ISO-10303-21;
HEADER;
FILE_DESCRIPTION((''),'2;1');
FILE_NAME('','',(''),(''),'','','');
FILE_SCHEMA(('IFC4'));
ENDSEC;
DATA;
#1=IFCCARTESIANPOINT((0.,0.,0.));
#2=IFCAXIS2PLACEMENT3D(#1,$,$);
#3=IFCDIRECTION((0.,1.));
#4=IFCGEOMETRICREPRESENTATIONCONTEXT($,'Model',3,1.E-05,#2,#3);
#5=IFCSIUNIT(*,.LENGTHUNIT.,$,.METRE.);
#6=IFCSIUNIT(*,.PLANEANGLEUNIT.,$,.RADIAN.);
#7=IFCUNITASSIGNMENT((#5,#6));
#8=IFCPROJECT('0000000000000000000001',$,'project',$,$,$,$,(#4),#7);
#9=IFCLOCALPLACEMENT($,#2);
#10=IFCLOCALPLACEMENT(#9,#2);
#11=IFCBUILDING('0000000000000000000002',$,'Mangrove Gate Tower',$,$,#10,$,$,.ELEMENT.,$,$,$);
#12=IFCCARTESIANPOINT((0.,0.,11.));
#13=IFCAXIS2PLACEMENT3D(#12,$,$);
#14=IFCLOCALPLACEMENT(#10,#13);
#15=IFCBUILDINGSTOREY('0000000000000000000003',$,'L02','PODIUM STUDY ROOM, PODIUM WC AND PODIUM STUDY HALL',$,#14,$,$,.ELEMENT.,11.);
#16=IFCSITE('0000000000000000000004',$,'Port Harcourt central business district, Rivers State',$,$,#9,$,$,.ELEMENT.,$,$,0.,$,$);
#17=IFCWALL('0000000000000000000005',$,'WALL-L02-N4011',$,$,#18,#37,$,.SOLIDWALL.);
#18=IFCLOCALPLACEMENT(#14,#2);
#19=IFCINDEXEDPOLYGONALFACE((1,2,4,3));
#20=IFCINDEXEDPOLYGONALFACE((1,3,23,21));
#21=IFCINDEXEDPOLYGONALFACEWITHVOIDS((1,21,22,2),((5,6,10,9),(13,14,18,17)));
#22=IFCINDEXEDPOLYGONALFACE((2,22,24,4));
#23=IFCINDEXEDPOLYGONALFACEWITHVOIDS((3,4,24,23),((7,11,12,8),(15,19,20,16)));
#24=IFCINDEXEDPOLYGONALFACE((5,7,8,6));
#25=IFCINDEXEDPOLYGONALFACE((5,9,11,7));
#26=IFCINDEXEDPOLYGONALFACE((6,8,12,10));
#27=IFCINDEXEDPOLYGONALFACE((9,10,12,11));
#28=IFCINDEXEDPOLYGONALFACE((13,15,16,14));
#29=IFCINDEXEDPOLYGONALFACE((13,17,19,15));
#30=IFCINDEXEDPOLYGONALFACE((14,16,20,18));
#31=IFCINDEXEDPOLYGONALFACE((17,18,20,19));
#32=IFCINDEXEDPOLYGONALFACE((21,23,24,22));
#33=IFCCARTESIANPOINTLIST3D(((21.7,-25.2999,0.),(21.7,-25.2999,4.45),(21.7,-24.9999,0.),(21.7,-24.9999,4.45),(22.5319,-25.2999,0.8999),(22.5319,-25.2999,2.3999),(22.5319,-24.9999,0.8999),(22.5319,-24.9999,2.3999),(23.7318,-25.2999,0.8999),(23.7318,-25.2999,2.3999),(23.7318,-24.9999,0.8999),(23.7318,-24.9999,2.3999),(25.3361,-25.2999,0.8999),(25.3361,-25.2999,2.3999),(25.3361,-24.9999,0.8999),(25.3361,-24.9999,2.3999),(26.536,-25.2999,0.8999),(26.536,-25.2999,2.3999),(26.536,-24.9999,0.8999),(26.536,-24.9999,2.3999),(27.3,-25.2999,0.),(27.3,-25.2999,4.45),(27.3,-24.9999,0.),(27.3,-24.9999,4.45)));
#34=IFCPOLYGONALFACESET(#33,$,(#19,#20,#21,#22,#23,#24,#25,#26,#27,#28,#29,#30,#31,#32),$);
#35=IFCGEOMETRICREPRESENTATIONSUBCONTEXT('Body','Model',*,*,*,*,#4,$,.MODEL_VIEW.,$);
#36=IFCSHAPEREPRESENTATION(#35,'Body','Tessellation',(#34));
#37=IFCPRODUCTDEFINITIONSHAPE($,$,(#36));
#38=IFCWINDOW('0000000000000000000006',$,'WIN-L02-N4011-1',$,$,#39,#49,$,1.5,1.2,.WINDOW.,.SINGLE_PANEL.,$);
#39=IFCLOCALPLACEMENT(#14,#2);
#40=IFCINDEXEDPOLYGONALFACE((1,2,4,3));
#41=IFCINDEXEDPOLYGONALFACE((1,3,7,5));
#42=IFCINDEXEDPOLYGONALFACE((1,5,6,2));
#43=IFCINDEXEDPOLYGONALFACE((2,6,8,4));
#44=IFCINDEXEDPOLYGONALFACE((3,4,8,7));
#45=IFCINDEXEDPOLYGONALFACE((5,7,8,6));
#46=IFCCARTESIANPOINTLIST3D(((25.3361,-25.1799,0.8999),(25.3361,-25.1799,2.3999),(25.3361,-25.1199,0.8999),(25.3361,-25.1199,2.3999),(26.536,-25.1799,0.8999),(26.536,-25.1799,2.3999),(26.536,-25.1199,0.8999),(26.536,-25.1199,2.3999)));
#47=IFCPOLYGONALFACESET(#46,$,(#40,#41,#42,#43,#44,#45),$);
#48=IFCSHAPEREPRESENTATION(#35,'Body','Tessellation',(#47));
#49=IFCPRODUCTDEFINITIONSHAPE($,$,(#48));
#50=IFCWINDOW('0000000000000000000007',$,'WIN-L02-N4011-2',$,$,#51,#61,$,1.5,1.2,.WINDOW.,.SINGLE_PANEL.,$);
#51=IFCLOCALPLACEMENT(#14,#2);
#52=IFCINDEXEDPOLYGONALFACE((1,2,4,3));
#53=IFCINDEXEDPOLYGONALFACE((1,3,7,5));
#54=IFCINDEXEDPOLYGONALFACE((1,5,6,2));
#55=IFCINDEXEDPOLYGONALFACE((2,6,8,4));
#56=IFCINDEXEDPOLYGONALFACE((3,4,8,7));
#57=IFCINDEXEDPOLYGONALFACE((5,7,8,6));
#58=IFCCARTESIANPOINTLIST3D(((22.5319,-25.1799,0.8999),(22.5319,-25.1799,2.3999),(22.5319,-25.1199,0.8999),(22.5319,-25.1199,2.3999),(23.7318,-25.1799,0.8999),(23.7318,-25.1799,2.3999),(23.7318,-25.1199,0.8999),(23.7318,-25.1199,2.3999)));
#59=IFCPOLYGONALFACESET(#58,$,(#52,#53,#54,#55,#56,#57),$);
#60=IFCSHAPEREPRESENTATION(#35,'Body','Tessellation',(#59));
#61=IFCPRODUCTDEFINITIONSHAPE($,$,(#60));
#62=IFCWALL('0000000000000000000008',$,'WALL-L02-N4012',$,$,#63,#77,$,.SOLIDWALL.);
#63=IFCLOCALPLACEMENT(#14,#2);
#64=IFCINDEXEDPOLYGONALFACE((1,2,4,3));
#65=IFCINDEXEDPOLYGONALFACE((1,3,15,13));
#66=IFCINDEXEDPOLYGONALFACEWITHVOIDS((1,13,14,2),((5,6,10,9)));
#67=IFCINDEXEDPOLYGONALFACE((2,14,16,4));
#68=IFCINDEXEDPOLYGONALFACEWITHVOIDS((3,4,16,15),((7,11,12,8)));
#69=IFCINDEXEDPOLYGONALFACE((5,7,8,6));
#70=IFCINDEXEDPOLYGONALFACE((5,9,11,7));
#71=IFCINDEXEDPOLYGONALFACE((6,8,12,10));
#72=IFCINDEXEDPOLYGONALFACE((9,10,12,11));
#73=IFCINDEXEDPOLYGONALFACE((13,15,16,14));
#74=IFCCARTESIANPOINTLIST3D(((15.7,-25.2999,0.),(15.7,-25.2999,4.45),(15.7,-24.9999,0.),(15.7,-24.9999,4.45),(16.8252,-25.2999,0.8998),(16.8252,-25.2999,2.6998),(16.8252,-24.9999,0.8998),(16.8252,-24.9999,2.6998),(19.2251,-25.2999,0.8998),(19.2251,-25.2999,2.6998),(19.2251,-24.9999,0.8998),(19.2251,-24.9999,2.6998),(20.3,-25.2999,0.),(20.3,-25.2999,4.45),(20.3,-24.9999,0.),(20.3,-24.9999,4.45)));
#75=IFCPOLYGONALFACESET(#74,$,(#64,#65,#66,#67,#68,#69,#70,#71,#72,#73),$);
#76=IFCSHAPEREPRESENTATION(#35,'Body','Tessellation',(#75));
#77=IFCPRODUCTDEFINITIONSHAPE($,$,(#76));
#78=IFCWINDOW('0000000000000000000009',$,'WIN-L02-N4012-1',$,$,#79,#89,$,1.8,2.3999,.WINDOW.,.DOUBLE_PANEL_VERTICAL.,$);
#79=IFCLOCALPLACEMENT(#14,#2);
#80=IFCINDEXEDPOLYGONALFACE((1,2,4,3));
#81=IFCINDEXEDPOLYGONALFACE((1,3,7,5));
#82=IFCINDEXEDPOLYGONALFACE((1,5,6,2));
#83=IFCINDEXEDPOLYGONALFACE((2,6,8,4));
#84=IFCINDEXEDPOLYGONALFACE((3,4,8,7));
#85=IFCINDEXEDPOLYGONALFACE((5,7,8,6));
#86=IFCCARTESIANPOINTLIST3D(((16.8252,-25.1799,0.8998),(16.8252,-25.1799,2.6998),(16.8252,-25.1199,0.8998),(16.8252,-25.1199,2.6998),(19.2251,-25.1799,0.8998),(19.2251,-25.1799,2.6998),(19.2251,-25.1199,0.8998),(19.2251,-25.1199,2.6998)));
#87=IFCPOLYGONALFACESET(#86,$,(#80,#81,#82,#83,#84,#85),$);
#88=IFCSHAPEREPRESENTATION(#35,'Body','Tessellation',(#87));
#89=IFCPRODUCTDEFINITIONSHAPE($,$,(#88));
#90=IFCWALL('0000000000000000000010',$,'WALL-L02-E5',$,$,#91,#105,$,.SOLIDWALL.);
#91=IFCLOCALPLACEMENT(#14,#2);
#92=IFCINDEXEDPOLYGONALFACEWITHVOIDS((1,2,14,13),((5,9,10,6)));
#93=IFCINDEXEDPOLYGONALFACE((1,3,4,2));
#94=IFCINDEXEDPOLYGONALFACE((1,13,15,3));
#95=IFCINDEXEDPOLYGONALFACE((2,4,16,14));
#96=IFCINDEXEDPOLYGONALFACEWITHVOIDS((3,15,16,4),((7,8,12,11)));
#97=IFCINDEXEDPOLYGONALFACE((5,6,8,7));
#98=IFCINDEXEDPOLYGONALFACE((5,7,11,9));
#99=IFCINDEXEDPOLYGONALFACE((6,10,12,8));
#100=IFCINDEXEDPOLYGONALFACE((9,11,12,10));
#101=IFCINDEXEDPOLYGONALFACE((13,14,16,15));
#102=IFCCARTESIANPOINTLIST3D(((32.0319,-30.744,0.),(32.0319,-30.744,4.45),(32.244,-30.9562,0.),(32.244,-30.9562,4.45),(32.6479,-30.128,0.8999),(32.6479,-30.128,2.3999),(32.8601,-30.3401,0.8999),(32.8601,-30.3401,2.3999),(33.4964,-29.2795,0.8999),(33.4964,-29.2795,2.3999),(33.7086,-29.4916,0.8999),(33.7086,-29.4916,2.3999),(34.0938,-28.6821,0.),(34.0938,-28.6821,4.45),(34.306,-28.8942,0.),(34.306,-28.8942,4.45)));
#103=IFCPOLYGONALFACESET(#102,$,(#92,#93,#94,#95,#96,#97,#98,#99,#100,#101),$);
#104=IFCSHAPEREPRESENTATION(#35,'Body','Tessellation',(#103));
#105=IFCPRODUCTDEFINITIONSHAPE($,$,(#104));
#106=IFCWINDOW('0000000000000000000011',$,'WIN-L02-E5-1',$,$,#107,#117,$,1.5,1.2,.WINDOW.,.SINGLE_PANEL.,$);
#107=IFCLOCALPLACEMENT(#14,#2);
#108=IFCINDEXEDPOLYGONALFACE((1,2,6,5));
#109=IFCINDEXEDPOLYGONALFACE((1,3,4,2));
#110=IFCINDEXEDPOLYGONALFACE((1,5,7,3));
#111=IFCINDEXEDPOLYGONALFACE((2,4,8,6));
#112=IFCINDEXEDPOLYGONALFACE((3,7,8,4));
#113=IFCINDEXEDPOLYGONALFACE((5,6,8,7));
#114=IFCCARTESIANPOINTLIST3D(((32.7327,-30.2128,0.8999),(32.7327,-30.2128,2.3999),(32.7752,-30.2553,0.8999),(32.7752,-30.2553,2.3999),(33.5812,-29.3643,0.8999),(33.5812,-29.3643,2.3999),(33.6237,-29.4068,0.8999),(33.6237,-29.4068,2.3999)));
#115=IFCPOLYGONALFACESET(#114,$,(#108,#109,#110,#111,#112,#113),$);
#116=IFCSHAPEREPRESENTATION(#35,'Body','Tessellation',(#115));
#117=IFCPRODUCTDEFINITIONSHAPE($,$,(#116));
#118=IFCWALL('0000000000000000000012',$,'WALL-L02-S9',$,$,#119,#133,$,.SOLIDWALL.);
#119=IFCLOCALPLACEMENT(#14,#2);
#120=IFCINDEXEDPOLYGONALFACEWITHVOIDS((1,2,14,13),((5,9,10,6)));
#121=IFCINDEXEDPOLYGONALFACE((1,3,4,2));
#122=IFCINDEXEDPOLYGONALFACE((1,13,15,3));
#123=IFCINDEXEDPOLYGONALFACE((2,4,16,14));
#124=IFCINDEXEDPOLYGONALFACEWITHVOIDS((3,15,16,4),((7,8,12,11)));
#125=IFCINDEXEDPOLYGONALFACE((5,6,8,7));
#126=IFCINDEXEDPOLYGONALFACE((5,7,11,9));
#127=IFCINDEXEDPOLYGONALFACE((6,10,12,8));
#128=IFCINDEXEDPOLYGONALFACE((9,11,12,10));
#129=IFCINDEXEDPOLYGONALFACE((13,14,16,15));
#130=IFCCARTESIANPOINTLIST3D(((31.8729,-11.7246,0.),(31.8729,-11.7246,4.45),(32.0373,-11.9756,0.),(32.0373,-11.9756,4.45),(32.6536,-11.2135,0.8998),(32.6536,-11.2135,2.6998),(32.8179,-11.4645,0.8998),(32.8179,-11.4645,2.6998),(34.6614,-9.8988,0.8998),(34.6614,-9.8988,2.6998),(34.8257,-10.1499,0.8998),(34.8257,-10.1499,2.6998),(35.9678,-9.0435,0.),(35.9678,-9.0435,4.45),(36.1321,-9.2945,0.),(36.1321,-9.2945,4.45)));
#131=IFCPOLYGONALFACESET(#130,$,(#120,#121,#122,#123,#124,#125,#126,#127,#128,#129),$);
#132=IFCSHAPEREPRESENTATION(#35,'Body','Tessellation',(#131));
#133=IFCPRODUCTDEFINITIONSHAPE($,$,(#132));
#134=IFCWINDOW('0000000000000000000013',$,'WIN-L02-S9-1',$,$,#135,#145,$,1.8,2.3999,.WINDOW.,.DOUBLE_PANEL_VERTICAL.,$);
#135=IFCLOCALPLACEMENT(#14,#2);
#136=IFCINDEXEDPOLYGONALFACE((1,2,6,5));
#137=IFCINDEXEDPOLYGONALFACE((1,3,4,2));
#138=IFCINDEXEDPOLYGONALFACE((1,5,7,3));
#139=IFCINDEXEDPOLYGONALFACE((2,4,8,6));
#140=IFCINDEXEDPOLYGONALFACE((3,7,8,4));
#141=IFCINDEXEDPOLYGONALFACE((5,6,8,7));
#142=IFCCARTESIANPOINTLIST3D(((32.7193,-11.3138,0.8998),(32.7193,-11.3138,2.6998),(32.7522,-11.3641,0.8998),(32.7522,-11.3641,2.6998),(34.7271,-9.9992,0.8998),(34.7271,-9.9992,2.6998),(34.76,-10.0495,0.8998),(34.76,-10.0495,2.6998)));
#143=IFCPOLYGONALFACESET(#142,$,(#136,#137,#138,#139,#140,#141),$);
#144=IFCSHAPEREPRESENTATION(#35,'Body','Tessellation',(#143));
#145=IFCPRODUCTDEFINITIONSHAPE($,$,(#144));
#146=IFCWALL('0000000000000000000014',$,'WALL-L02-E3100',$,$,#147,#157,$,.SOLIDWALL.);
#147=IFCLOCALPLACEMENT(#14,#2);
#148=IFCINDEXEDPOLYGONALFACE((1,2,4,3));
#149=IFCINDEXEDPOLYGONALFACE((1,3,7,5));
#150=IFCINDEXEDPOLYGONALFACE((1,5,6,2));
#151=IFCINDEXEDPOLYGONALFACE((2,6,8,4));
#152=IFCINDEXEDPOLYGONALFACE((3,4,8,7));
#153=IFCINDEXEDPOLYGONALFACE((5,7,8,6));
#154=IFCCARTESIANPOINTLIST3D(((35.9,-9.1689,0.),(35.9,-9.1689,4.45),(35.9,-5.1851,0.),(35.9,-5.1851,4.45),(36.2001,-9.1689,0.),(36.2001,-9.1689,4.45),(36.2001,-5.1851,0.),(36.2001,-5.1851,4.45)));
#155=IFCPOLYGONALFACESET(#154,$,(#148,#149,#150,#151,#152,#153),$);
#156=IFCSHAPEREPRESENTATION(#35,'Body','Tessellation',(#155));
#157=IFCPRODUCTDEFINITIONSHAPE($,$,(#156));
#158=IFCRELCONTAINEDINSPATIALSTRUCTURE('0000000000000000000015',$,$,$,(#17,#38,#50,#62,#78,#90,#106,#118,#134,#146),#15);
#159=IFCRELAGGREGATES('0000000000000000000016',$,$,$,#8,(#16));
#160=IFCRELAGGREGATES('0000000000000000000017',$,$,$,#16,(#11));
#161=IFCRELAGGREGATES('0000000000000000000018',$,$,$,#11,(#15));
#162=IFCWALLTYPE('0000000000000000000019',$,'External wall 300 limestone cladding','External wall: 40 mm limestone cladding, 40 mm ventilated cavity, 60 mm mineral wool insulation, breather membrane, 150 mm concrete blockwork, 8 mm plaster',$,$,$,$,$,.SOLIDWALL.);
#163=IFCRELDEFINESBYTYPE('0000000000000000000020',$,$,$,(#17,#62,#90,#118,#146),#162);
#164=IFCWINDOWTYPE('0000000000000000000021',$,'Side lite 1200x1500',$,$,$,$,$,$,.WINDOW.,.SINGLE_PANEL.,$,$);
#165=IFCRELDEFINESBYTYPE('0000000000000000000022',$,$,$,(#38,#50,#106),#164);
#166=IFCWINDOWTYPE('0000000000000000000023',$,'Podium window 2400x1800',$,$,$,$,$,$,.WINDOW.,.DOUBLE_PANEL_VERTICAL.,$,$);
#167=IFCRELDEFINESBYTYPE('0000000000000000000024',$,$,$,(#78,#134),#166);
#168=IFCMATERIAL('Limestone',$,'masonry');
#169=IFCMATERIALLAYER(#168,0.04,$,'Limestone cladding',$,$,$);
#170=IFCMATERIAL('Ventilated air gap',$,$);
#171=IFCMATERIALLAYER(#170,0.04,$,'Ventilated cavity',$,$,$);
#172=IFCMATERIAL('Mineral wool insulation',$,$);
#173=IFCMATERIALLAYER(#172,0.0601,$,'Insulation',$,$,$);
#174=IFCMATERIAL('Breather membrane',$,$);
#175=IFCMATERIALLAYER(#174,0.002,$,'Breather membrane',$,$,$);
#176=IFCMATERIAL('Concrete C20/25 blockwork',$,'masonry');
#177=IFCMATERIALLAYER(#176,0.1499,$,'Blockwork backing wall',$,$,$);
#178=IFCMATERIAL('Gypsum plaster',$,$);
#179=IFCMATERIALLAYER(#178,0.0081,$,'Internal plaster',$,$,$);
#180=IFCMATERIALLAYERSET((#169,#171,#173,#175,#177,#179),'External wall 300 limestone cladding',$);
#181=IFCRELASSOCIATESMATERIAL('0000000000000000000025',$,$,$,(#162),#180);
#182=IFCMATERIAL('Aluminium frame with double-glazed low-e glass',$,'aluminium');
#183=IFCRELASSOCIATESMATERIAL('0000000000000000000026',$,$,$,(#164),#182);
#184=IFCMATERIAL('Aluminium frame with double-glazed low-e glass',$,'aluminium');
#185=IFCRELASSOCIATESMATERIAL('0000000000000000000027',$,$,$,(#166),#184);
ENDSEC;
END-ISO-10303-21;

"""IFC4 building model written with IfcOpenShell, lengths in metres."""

from ifc_helpers import new_model, si_unit, direction, frame, frame_2d, origin, place, context, subcontext, project, spatial, rectangle, extrude, material, layer, layer_set, type_object, element, fill, save


model = new_model("IFC4")

# Units and contexts
model_context = context("Model", 3, precision=1e-05, world=origin(), true_north=direction((0.0, 1.0)))
body_context = subcontext(model_context, "Body", "Model", "MODEL_VIEW")
ifc_project = project(units=[si_unit("LENGTHUNIT", "METRE"), si_unit("PLANEANGLEUNIT", "RADIAN")], contexts=[model_context])

# Site, building, storey
site_placement = place(None, origin())
site = spatial("IfcSite", under=ifc_project, at=site_placement, Name="Port Harcourt central business district, Rivers State", CompositionType="ELEMENT", RefElevation=0.0)
building_placement = place(site_placement, origin())
building = spatial("IfcBuilding", under=site, at=building_placement, Name="Mangrove Gate Tower", CompositionType="ELEMENT")
storey_placement = place(building_placement, frame((0.0, 0.0, 11.0)))
storey = spatial("IfcBuildingStorey", under=building, at=storey_placement, Name="L02", Description="PODIUM STUDY ROOM, PODIUM WC AND PODIUM STUDY HALL", CompositionType="ELEMENT", Elevation=11.0)

# Shared definitions
ifc_material_1 = material(Name="Limestone", Category="masonry")
ifc_layer_1 = layer(ifc_material_1, 0.04, Name="Limestone cladding")
ifc_material_2 = material(Name="Ventilated air gap")
ifc_layer_2 = layer(ifc_material_2, 0.04, Name="Ventilated cavity")
ifc_material_3 = material(Name="Mineral wool insulation")
ifc_layer_3 = layer(ifc_material_3, 0.0601, Name="Insulation")
ifc_material_4 = material(Name="Breather membrane")
ifc_layer_4 = layer(ifc_material_4, 0.002, Name="Breather membrane")
ifc_material_5 = material(Name="Concrete C20/25 blockwork", Category="masonry")
ifc_layer_5 = layer(ifc_material_5, 0.1499, Name="Blockwork backing wall")
ifc_material_6 = material(Name="Gypsum plaster")
ifc_layer_6 = layer(ifc_material_6, 0.0081, Name="Internal plaster")
ifc_layer_set_1 = layer_set([ifc_layer_1, ifc_layer_2, ifc_layer_3, ifc_layer_4, ifc_layer_5, ifc_layer_6], Name="External wall 300 limestone cladding")
wall_type_1 = type_object("IfcWallType", Name="External wall 300 limestone cladding", Description="External wall: 40 mm limestone cladding, 40 mm ventilated cavity, 60 mm mineral wool insulation, breather membrane, 150 mm concrete blockwork, 8 mm plaster", PredefinedType="SOLIDWALL", material=ifc_layer_set_1)

# Shared definitions
ifc_material_7 = material(Name="Aluminium frame with double-glazed low-e glass", Category="aluminium")
window_type_1 = type_object("IfcWindowType", Name="Side lite 1200x1500", PartitioningType="SINGLE_PANEL", PredefinedType="WINDOW", material=ifc_material_7)

# Wall, openings, windows
wall_1_placement = place(storey_placement, frame((27.3, -25.1499, 0.0), z_axis=(0.0, 0.0, 1.0), x_axis=(-1.0, 0.0, 0.0)))
wall_1 = element("IfcWall", 1, at=wall_1_placement, inside=storey, type_object=wall_type_1, Name="WALL-L02-N4011", PredefinedType="SOLIDWALL", context=body_context, shape_type="SweptSolid", body=[
    extrude(rectangle(XDim=5.6001, YDim=0.3, at=frame_2d((2.8, 0.0))), origin(), (0.0, 0.0, 1.0), 4.45),
])
opening_1_placement = place(wall_1_placement, frame((0.7639, 0.0, 0.8999)))
opening_1 = element("IfcOpeningElement", 2, at=opening_1_placement, cuts=wall_1, PredefinedType="OPENING", context=body_context, shape_type="SweptSolid", body=[
    extrude(rectangle(XDim=1.2, YDim=1.5, at=frame_2d((0.6001, 0.75))), frame((0.0, 0.1599, 0.0), z_axis=(0.0, -1.0, 0.0), x_axis=(1.0, 0.0, 0.0)), (0.0, 0.0, 1.0), 0.3201),
])
opening_2_placement = place(wall_1_placement, frame((3.5681, 0.0, 0.8999)))
opening_2 = element("IfcOpeningElement", 3, at=opening_2_placement, cuts=wall_1, PredefinedType="OPENING", context=body_context, shape_type="SweptSolid", body=[
    extrude(rectangle(XDim=1.2, YDim=1.5, at=frame_2d((0.6001, 0.75))), frame((0.0, 0.1599, 0.0), z_axis=(0.0, -1.0, 0.0), x_axis=(1.0, 0.0, 0.0)), (0.0, 0.0, 1.0), 0.3201),
])
window_1_placement = place(opening_1_placement, origin())
window_1 = element("IfcWindow", 4, at=window_1_placement, inside=storey, type_object=window_type_1, Name="WIN-L02-N4011-1", OverallHeight=1.5, OverallWidth=1.2, PartitioningType="SINGLE_PANEL", PredefinedType="WINDOW", context=body_context, shape_type="SweptSolid", body=[
    extrude(rectangle(XDim=1.2, YDim=1.5, at=frame_2d((0.6001, 0.75))), frame((0.0, 0.03, 0.0), z_axis=(0.0, -1.0, 0.0), x_axis=(1.0, 0.0, 0.0)), (0.0, 0.0, 1.0), 0.0601),
])
fill(opening_1, window_1)
window_2_placement = place(opening_2_placement, origin())
window_2 = element("IfcWindow", 5, at=window_2_placement, inside=storey, type_object=window_type_1, Name="WIN-L02-N4011-2", OverallHeight=1.5, OverallWidth=1.2, PartitioningType="SINGLE_PANEL", PredefinedType="WINDOW", context=body_context, shape_type="SweptSolid", body=[
    extrude(rectangle(XDim=1.2, YDim=1.5, at=frame_2d((0.6001, 0.75))), frame((0.0, 0.03, 0.0), z_axis=(0.0, -1.0, 0.0), x_axis=(1.0, 0.0, 0.0)), (0.0, 0.0, 1.0), 0.0601),
])
fill(opening_2, window_2)

# Walls, openings, windows
wall_2_placement = place(storey_placement, frame((20.3, -25.1499, 0.0), z_axis=(0.0, 0.0, 1.0), x_axis=(-1.0, 0.0, 0.0)))
wall_2 = element("IfcWall", 6, at=wall_2_placement, inside=storey, type_object=wall_type_1, Name="WALL-L02-N4012", PredefinedType="SOLIDWALL", context=body_context, shape_type="SweptSolid", body=[
    extrude(rectangle(XDim=4.6001, YDim=0.3, at=frame_2d((2.3, 0.0))), origin(), (0.0, 0.0, 1.0), 4.45),
])
opening_3_placement = place(wall_2_placement, frame((1.075, 0.0, 0.8999)))
opening_3 = element("IfcOpeningElement", 7, at=opening_3_placement, cuts=wall_2, PredefinedType="OPENING", context=body_context, shape_type="SweptSolid", body=[
    extrude(rectangle(XDim=2.3999, YDim=1.8, at=frame_2d((1.2, 0.8999))), frame((0.0, 0.1599, 0.0), z_axis=(0.0, -1.0, 0.0), x_axis=(1.0, 0.0, 0.0)), (0.0, 0.0, 1.0), 0.3201),
])
ifc_material_8 = material(Name="Aluminium frame with double-glazed low-e glass", Category="aluminium")
window_type_2 = type_object("IfcWindowType", Name="Podium window 2400x1800", PartitioningType="DOUBLE_PANEL_VERTICAL", PredefinedType="WINDOW", material=ifc_material_8)
window_3_placement = place(opening_3_placement, origin())
window_3 = element("IfcWindow", 8, at=window_3_placement, inside=storey, type_object=window_type_2, Name="WIN-L02-N4012-1", OverallHeight=1.8, OverallWidth=2.3999, PartitioningType="DOUBLE_PANEL_VERTICAL", PredefinedType="WINDOW", context=body_context, shape_type="SweptSolid", body=[
    extrude(rectangle(XDim=2.3999, YDim=1.8, at=frame_2d((1.2, 0.8999))), frame((0.0, 0.03, 0.0), z_axis=(0.0, -1.0, 0.0), x_axis=(1.0, 0.0, 0.0)), (0.0, 0.0, 1.0), 0.0601),
])
fill(opening_3, window_3)
wall_3_placement = place(storey_placement, frame((32.1379, -30.8501, 0.0), z_axis=(0.0, 0.0, 1.0), x_axis=(0.707107, 0.707107, 0.0)))
wall_3 = element("IfcWall", 9, at=wall_3_placement, inside=storey, type_object=wall_type_1, Name="WALL-L02-E5", PredefinedType="SOLIDWALL", context=body_context, shape_type="SweptSolid", body=[
    extrude(rectangle(XDim=2.916, YDim=0.3, at=frame_2d((1.458, 0.0))), origin(), (0.0, 0.0, 1.0), 4.45),
])
opening_4_placement = place(wall_3_placement, frame((0.8711, 0.0, 0.8999)))
opening_4 = element("IfcOpeningElement", 10, at=opening_4_placement, cuts=wall_3, PredefinedType="OPENING", context=body_context, shape_type="SweptSolid", body=[
    extrude(rectangle(XDim=1.2, YDim=1.5, at=frame_2d((0.6001, 0.75))), frame((0.0, 0.1599, 0.0), z_axis=(0.0, -1.0, 0.0), x_axis=(1.0, 0.0, 0.0)), (0.0, 0.0, 1.0), 0.3201),
])
window_4_placement = place(opening_4_placement, origin())
window_4 = element("IfcWindow", 11, at=window_4_placement, inside=storey, type_object=window_type_1, Name="WIN-L02-E5-1", OverallHeight=1.5, OverallWidth=1.2, PartitioningType="SINGLE_PANEL", PredefinedType="WINDOW", context=body_context, shape_type="SweptSolid", body=[
    extrude(rectangle(XDim=1.2, YDim=1.5, at=frame_2d((0.6001, 0.75))), frame((0.0, 0.03, 0.0), z_axis=(0.0, -1.0, 0.0), x_axis=(1.0, 0.0, 0.0)), (0.0, 0.0, 1.0), 0.0601),
])
fill(opening_4, window_4)
wall_4_placement = place(storey_placement, frame((31.9551, -11.8501, 0.0), z_axis=(0.0, 0.0, 1.0), x_axis=(0.836626, 0.547775, 0.0)))
wall_4 = element("IfcWall", 12, at=wall_4_placement, inside=storey, type_object=wall_type_1, Name="WALL-L02-S9", PredefinedType="SOLIDWALL", context=body_context, shape_type="SweptSolid", body=[
    extrude(rectangle(XDim=4.8945, YDim=0.3, at=frame_2d((2.4473, 0.0))), origin(), (0.0, 0.0, 1.0), 4.45),
])
opening_5_placement = place(wall_4_placement, frame((0.9331, 0.0, 0.8999)))
opening_5 = element("IfcOpeningElement", 13, at=opening_5_placement, cuts=wall_4, PredefinedType="OPENING", context=body_context, shape_type="SweptSolid", body=[
    extrude(rectangle(XDim=2.3999, YDim=1.8, at=frame_2d((1.2, 0.8999))), frame((0.0, 0.1599, 0.0), z_axis=(0.0, -1.0, 0.0), x_axis=(1.0, 0.0, 0.0)), (0.0, 0.0, 1.0), 0.3201),
])
window_5_placement = place(opening_5_placement, origin())
window_5 = element("IfcWindow", 14, at=window_5_placement, inside=storey, type_object=window_type_2, Name="WIN-L02-S9-1", OverallHeight=1.8, OverallWidth=2.3999, PartitioningType="DOUBLE_PANEL_VERTICAL", PredefinedType="WINDOW", context=body_context, shape_type="SweptSolid", body=[
    extrude(rectangle(XDim=2.3999, YDim=1.8, at=frame_2d((1.2, 0.8999))), frame((0.0, 0.03, 0.0), z_axis=(0.0, -1.0, 0.0), x_axis=(1.0, 0.0, 0.0)), (0.0, 0.0, 1.0), 0.0601),
])
fill(opening_5, window_5)

# Wall
wall_5_placement = place(storey_placement, frame((36.05, -9.1689, 0.0), z_axis=(0.0, 0.0, 1.0), x_axis=(0.0, 1.0, 0.0)))
element("IfcWall", 15, at=wall_5_placement, inside=storey, type_object=wall_type_1, Name="WALL-L02-E3100", PredefinedType="SOLIDWALL", context=body_context, shape_type="SweptSolid", body=[
    extrude(rectangle(XDim=3.9839, YDim=0.3, at=frame_2d((1.9919, 0.0))), origin(), (0.0, 0.0, 1.0), 4.45),
])

save(model, "model.ifc")
